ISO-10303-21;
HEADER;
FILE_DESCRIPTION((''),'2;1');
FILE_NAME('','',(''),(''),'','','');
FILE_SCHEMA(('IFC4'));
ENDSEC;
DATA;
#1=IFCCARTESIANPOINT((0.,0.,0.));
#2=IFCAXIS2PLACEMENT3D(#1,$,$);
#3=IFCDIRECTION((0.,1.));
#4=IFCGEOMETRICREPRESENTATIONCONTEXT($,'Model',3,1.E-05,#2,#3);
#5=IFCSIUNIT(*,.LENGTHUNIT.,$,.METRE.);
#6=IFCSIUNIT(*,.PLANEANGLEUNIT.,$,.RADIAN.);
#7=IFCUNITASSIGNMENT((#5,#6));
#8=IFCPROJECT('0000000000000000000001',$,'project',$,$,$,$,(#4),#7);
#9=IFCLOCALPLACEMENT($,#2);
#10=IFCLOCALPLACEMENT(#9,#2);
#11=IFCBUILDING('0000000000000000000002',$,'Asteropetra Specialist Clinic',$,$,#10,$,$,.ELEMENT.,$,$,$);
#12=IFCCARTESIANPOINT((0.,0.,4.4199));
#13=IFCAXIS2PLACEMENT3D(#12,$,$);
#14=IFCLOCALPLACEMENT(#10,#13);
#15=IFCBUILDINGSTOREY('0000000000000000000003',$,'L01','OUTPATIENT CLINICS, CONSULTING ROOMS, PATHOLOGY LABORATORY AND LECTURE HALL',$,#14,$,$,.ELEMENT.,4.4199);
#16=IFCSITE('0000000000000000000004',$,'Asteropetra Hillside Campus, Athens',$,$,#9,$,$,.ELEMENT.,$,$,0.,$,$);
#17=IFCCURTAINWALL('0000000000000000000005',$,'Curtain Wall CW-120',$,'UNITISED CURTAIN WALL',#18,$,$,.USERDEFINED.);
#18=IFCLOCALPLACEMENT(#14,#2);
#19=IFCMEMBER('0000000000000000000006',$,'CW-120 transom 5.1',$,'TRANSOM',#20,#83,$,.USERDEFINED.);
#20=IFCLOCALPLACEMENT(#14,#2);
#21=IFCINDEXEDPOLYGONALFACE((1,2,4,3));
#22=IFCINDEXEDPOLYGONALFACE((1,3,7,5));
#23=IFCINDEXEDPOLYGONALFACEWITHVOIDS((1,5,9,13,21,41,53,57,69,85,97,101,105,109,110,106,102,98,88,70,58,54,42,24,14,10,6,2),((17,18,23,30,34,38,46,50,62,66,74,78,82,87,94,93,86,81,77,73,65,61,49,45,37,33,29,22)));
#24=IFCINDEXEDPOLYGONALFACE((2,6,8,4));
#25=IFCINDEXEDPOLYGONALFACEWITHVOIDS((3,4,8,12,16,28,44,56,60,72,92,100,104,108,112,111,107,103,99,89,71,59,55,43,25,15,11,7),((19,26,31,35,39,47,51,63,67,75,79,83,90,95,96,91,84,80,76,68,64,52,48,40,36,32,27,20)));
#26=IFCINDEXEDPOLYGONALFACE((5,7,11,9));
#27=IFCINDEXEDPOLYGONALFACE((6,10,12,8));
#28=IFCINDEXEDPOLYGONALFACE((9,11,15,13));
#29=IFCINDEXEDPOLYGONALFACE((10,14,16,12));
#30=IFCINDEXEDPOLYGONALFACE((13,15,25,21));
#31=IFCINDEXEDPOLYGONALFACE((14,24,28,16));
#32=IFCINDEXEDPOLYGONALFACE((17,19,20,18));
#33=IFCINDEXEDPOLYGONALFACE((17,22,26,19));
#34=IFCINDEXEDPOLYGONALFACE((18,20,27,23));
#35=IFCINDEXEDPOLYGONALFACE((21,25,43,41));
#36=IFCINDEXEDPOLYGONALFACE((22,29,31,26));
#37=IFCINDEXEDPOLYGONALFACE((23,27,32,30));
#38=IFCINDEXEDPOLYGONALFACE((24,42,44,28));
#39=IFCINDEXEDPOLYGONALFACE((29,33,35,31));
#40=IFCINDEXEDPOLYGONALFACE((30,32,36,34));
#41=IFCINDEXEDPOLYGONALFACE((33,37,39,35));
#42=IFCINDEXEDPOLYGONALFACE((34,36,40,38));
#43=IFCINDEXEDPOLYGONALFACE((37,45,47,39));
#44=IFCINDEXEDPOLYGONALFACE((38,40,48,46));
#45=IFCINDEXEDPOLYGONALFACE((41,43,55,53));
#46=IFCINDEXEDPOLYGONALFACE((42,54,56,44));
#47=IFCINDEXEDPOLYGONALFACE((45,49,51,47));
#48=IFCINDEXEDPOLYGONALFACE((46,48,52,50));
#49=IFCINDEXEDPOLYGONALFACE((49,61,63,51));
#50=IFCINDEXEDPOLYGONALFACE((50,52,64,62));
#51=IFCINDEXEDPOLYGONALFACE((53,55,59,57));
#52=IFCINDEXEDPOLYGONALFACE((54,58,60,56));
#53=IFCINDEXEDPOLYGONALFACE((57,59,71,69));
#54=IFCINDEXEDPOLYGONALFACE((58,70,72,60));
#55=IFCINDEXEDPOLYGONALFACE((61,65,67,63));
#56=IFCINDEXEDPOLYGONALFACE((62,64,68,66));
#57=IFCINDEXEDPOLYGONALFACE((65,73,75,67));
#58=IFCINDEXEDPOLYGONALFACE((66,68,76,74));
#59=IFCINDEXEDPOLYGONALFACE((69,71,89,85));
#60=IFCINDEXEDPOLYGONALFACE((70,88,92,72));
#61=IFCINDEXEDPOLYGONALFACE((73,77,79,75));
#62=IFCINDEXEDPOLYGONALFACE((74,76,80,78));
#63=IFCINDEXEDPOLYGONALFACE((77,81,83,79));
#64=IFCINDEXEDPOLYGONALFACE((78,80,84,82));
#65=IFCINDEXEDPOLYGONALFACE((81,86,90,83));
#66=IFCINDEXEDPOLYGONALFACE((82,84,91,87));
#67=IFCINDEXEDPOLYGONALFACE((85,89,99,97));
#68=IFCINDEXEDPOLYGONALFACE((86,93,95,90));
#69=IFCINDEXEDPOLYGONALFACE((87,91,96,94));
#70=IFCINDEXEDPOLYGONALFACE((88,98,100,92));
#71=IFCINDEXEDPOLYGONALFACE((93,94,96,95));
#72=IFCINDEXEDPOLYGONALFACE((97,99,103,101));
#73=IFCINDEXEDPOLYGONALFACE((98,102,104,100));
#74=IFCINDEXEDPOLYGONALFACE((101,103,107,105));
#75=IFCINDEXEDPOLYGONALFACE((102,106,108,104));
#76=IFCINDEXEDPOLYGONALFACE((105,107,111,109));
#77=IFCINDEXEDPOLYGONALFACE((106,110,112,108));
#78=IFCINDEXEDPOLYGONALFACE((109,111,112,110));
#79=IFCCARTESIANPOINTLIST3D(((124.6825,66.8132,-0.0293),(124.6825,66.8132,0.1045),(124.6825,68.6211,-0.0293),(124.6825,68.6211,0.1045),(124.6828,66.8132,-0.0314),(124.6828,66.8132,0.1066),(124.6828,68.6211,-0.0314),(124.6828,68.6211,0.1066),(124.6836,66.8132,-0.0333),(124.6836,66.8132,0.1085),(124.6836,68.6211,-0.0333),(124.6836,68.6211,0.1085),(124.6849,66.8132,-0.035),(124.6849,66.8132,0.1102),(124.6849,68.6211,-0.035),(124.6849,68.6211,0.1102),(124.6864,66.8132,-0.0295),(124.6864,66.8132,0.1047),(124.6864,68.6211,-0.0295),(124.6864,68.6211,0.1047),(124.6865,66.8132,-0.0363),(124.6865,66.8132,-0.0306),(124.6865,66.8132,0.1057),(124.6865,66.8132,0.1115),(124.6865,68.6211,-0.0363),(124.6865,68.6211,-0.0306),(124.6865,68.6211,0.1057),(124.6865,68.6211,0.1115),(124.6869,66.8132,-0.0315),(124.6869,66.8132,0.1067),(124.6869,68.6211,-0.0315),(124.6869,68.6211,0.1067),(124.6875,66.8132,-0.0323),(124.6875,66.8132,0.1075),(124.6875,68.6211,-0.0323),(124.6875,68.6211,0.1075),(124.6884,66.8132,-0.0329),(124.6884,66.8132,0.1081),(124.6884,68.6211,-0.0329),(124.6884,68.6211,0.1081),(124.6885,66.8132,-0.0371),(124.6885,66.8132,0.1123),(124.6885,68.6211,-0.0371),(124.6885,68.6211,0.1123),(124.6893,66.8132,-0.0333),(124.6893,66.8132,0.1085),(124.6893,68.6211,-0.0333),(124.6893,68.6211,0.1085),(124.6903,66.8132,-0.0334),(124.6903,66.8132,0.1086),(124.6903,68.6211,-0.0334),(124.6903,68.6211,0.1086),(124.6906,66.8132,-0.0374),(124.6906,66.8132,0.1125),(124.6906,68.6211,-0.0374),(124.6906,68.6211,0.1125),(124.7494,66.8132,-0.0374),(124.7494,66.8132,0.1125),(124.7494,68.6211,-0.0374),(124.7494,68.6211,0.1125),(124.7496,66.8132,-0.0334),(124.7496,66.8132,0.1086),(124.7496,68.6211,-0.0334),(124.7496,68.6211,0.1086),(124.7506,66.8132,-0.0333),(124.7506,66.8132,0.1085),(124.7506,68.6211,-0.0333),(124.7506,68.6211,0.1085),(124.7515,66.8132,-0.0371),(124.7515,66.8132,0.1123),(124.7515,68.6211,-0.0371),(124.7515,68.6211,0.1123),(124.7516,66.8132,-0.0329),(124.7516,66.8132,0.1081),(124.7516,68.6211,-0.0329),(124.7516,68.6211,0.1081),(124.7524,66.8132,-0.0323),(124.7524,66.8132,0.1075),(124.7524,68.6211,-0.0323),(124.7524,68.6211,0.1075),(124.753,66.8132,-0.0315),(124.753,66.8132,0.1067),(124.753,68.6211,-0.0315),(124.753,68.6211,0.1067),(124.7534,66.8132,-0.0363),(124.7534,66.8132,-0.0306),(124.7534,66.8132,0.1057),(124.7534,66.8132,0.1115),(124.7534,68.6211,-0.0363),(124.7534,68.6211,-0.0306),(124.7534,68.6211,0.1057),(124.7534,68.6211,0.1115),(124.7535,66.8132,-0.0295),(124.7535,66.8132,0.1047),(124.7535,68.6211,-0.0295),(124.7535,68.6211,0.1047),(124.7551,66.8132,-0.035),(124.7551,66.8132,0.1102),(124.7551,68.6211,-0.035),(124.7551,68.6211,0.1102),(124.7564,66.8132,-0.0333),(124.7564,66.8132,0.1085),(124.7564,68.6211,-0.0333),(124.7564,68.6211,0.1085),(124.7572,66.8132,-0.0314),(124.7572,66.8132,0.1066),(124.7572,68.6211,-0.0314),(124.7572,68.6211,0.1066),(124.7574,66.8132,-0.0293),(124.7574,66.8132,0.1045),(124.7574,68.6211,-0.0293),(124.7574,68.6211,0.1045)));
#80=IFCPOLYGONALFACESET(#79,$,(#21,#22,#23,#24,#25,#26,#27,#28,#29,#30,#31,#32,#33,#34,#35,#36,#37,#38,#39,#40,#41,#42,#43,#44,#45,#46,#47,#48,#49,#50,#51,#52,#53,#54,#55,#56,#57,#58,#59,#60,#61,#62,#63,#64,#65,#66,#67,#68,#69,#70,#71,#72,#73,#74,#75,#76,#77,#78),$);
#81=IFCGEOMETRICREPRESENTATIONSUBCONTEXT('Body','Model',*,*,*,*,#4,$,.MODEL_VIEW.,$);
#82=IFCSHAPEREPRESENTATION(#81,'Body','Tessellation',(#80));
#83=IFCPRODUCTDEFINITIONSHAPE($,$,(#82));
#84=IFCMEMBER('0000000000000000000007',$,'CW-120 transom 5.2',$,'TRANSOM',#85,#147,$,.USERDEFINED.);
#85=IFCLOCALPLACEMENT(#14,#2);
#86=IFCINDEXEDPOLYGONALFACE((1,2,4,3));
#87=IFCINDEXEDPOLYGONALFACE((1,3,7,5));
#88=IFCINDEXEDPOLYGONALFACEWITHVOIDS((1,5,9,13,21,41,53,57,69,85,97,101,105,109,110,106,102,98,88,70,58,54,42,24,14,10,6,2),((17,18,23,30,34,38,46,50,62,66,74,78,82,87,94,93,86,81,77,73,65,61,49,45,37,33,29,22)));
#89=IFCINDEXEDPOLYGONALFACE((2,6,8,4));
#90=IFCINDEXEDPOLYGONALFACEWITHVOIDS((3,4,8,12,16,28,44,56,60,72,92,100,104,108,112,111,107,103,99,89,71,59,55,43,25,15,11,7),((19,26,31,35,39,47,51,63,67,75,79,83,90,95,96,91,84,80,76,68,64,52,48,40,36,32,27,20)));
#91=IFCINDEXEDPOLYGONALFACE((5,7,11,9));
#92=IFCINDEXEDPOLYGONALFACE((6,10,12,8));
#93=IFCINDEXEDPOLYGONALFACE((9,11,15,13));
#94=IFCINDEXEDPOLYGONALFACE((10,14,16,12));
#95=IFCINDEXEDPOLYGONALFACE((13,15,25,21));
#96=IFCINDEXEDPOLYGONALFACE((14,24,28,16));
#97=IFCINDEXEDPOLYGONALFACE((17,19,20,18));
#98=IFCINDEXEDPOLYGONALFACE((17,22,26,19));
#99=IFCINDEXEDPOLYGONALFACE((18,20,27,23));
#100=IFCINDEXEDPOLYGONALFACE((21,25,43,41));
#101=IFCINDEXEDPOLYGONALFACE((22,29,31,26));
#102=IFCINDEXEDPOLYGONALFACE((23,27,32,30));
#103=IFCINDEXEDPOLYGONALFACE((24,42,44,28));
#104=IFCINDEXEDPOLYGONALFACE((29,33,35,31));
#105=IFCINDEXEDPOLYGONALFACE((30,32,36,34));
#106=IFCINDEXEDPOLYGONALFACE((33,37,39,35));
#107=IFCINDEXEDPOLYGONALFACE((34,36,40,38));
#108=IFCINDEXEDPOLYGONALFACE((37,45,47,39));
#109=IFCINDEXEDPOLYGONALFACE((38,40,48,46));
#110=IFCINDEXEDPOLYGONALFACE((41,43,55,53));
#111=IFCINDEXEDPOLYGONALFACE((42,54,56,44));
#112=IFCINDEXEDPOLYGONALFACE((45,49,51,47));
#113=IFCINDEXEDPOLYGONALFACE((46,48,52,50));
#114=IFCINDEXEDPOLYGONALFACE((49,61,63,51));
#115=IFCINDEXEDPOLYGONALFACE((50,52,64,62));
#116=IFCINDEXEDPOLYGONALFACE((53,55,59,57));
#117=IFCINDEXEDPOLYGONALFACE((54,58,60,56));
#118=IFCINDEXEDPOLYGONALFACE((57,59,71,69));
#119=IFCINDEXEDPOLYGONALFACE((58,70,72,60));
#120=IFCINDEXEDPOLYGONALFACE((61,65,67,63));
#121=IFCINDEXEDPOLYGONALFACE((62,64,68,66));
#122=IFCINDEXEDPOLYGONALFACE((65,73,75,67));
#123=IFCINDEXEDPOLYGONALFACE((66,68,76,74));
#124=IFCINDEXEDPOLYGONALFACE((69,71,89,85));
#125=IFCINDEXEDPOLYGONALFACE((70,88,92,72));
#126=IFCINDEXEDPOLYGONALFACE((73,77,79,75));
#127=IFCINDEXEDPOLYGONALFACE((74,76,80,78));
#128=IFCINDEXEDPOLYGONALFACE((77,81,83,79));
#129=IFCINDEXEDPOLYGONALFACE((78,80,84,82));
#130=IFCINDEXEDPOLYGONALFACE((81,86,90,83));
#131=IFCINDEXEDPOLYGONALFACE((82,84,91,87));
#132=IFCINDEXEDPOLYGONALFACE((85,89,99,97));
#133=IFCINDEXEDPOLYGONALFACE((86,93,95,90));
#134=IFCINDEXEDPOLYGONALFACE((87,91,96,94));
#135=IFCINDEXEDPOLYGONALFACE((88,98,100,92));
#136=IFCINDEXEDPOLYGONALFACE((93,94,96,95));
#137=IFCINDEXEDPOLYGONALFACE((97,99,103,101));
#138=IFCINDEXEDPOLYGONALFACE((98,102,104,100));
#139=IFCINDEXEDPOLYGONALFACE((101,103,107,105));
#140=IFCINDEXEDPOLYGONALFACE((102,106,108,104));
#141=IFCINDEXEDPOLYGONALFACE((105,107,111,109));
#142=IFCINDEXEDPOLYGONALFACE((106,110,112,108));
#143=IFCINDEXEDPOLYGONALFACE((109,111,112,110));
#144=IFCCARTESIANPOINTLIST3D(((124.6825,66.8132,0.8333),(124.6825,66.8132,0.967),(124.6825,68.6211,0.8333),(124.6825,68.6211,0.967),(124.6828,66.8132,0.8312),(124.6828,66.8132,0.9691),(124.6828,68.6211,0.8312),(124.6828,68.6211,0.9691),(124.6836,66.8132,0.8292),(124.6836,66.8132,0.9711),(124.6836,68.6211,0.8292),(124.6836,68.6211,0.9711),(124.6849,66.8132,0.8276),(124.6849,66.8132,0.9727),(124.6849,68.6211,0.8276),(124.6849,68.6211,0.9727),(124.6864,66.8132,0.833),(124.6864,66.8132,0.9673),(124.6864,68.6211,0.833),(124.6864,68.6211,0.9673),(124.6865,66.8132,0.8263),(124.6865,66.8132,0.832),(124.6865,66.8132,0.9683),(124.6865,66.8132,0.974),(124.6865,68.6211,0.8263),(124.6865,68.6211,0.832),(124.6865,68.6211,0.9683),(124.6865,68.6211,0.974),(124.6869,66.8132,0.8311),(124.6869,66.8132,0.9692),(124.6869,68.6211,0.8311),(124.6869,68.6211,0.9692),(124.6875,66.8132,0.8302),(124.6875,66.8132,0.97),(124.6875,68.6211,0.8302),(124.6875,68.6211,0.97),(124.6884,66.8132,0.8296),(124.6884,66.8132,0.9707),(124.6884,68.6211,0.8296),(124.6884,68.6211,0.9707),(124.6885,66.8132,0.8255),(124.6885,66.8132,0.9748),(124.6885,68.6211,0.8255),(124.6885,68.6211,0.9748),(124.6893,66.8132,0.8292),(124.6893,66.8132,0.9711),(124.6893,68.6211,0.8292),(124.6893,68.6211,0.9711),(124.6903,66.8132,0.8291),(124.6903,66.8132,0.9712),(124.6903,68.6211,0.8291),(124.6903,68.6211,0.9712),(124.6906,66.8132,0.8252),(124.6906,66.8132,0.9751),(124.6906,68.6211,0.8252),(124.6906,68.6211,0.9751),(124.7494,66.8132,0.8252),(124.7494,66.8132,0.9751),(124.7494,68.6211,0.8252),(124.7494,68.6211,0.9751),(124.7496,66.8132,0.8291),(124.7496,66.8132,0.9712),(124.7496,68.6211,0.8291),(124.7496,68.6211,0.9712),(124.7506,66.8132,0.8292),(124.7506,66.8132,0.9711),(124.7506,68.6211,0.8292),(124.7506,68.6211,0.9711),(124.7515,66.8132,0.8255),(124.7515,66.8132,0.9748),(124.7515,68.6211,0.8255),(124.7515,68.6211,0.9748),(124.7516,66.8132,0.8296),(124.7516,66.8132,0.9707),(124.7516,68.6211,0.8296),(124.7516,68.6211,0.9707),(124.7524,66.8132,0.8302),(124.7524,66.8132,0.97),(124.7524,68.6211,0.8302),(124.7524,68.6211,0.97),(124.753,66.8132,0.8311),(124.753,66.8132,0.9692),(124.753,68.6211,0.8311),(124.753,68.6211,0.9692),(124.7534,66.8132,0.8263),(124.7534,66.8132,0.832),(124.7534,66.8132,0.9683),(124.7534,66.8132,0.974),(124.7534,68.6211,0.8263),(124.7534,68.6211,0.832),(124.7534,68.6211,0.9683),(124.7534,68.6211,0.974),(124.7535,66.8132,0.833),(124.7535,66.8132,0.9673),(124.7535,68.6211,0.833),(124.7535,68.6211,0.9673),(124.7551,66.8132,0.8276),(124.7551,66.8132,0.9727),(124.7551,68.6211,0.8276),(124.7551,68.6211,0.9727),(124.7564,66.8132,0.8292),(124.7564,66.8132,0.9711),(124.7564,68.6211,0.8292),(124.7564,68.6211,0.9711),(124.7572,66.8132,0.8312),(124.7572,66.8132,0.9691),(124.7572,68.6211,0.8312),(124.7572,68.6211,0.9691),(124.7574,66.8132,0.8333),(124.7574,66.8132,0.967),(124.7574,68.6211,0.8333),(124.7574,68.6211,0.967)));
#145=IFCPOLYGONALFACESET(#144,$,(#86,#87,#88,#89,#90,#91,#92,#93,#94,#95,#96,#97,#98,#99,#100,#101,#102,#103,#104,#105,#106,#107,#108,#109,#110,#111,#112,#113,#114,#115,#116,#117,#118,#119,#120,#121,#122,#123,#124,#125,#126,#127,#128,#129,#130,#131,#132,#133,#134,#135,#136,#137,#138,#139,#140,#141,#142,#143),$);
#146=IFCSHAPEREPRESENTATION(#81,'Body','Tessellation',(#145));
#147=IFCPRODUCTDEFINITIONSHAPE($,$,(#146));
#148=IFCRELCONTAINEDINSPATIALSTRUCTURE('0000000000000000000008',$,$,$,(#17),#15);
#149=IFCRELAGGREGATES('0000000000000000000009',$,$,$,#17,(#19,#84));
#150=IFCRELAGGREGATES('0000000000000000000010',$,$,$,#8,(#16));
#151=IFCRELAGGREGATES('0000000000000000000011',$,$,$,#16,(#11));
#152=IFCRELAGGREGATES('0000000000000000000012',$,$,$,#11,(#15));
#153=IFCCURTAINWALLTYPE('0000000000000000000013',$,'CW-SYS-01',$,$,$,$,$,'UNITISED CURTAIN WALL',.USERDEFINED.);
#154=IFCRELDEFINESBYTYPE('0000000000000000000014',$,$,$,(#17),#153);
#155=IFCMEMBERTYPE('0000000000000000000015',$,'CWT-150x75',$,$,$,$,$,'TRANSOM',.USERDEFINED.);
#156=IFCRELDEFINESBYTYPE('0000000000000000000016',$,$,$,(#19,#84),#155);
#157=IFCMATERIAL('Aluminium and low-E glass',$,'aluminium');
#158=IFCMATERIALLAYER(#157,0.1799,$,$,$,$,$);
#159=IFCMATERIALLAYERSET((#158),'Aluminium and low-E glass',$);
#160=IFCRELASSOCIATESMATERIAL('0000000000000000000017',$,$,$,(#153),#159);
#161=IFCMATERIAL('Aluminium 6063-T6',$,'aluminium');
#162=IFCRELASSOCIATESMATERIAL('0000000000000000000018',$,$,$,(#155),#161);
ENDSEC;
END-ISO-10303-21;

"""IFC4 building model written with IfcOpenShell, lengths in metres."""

from ifc_helpers import new_model, si_unit, direction, frame, origin, origin_2d, place, context, subcontext, project, spatial, hollow_rectangle, extrude, material, layer, layer_set, material_profile, profile_set, type_object, element, aggregate, save


model = new_model("IFC4")

# Units and contexts
model_context = context("Model", 3, precision=1e-05, world=origin(), true_north=direction((0.0, 1.0)))
body_context = subcontext(model_context, "Body", "Model", "MODEL_VIEW")
ifc_project = project(units=[si_unit("LENGTHUNIT", "METRE"), si_unit("PLANEANGLEUNIT", "RADIAN")], contexts=[model_context])

# Site, building, storey
site_placement = place(None, origin())
site = spatial("IfcSite", under=ifc_project, at=site_placement, Name="Asteropetra Hillside Campus, Athens", CompositionType="ELEMENT", RefElevation=0.0)
building_placement = place(site_placement, origin())
building = spatial("IfcBuilding", under=site, at=building_placement, Name="Asteropetra Specialist Clinic", CompositionType="ELEMENT")
storey_placement = place(building_placement, frame((0.0, 0.0, 4.4199)))
storey = spatial("IfcBuildingStorey", under=building, at=storey_placement, Name="L01", Description="OUTPATIENT CLINICS, CONSULTING ROOMS, PATHOLOGY LABORATORY AND LECTURE HALL", CompositionType="ELEMENT", Elevation=4.4199)

# Curtain wall, members
ifc_material_1 = material(Name="Aluminium and low-E glass", Category="aluminium")
ifc_layer_1 = layer(ifc_material_1, 0.1799)
ifc_layer_set_1 = layer_set([ifc_layer_1], Name="Aluminium and low-E glass")
curtain_wall_type = type_object("IfcCurtainWallType", Name="CW-SYS-01", ElementType="UNITISED CURTAIN WALL", PredefinedType="USERDEFINED", material=ifc_layer_set_1)
curtain_wall_placement = place(storey_placement, origin())
curtain_wall = element("IfcCurtainWall", 1, at=curtain_wall_placement, inside=storey, type_object=curtain_wall_type, Name="Curtain Wall CW-120", ObjectType="UNITISED CURTAIN WALL", PredefinedType="USERDEFINED")
ifc_material_2 = material(Name="Aluminium 6063-T6", Category="aluminium")
ifc_material_profile_1 = material_profile(ifc_material_2, hollow_rectangle(XDim=0.075, YDim=0.1499, WallThickness=0.0039, InnerFilletRadius=0.0039, OuterFilletRadius=0.0081, at=origin_2d()), Name="TRN 150x75x4.0")
ifc_profile_set_1 = profile_set([ifc_material_profile_1], Name="Aluminium 6063-T6")
member_type_1 = type_object("IfcMemberType", Name="CWT-150x75", ElementType="TRANSOM", PredefinedType="USERDEFINED", material=ifc_profile_set_1)
member_1_placement = place(storey_placement, frame((124.72, 68.6211, 0.0376), z_axis=(0.0, -1.0, 0.0), x_axis=(1.0, 0.0, 0.0)))
member_1 = element("IfcMember", 2, at=member_1_placement, type_object=member_type_1, Name="CW-120 transom 5.1", ObjectType="TRANSOM", PredefinedType="USERDEFINED", context=body_context, shape_type="SweptSolid", body=[
    extrude(hollow_rectangle(XDim=0.075, YDim=0.1499, WallThickness=0.0039, InnerFilletRadius=0.0039, OuterFilletRadius=0.0081, at=origin_2d()), origin(), (0.0, 0.0, 1.0), 1.8079),
])
member_2_placement = place(storey_placement, frame((124.72, 68.6211, 0.9001), z_axis=(0.0, -1.0, 0.0), x_axis=(1.0, 0.0, 0.0)))
member_2 = element("IfcMember", 3, at=member_2_placement, type_object=member_type_1, Name="CW-120 transom 5.2", ObjectType="TRANSOM", PredefinedType="USERDEFINED", context=body_context, shape_type="SweptSolid", body=[
    extrude(hollow_rectangle(XDim=0.075, YDim=0.1499, WallThickness=0.0039, InnerFilletRadius=0.0039, OuterFilletRadius=0.0081, at=origin_2d()), origin(), (0.0, 0.0, 1.0), 1.8079),
])
aggregate(curtain_wall, [member_1, member_2])

save(model, "model.ifc")
